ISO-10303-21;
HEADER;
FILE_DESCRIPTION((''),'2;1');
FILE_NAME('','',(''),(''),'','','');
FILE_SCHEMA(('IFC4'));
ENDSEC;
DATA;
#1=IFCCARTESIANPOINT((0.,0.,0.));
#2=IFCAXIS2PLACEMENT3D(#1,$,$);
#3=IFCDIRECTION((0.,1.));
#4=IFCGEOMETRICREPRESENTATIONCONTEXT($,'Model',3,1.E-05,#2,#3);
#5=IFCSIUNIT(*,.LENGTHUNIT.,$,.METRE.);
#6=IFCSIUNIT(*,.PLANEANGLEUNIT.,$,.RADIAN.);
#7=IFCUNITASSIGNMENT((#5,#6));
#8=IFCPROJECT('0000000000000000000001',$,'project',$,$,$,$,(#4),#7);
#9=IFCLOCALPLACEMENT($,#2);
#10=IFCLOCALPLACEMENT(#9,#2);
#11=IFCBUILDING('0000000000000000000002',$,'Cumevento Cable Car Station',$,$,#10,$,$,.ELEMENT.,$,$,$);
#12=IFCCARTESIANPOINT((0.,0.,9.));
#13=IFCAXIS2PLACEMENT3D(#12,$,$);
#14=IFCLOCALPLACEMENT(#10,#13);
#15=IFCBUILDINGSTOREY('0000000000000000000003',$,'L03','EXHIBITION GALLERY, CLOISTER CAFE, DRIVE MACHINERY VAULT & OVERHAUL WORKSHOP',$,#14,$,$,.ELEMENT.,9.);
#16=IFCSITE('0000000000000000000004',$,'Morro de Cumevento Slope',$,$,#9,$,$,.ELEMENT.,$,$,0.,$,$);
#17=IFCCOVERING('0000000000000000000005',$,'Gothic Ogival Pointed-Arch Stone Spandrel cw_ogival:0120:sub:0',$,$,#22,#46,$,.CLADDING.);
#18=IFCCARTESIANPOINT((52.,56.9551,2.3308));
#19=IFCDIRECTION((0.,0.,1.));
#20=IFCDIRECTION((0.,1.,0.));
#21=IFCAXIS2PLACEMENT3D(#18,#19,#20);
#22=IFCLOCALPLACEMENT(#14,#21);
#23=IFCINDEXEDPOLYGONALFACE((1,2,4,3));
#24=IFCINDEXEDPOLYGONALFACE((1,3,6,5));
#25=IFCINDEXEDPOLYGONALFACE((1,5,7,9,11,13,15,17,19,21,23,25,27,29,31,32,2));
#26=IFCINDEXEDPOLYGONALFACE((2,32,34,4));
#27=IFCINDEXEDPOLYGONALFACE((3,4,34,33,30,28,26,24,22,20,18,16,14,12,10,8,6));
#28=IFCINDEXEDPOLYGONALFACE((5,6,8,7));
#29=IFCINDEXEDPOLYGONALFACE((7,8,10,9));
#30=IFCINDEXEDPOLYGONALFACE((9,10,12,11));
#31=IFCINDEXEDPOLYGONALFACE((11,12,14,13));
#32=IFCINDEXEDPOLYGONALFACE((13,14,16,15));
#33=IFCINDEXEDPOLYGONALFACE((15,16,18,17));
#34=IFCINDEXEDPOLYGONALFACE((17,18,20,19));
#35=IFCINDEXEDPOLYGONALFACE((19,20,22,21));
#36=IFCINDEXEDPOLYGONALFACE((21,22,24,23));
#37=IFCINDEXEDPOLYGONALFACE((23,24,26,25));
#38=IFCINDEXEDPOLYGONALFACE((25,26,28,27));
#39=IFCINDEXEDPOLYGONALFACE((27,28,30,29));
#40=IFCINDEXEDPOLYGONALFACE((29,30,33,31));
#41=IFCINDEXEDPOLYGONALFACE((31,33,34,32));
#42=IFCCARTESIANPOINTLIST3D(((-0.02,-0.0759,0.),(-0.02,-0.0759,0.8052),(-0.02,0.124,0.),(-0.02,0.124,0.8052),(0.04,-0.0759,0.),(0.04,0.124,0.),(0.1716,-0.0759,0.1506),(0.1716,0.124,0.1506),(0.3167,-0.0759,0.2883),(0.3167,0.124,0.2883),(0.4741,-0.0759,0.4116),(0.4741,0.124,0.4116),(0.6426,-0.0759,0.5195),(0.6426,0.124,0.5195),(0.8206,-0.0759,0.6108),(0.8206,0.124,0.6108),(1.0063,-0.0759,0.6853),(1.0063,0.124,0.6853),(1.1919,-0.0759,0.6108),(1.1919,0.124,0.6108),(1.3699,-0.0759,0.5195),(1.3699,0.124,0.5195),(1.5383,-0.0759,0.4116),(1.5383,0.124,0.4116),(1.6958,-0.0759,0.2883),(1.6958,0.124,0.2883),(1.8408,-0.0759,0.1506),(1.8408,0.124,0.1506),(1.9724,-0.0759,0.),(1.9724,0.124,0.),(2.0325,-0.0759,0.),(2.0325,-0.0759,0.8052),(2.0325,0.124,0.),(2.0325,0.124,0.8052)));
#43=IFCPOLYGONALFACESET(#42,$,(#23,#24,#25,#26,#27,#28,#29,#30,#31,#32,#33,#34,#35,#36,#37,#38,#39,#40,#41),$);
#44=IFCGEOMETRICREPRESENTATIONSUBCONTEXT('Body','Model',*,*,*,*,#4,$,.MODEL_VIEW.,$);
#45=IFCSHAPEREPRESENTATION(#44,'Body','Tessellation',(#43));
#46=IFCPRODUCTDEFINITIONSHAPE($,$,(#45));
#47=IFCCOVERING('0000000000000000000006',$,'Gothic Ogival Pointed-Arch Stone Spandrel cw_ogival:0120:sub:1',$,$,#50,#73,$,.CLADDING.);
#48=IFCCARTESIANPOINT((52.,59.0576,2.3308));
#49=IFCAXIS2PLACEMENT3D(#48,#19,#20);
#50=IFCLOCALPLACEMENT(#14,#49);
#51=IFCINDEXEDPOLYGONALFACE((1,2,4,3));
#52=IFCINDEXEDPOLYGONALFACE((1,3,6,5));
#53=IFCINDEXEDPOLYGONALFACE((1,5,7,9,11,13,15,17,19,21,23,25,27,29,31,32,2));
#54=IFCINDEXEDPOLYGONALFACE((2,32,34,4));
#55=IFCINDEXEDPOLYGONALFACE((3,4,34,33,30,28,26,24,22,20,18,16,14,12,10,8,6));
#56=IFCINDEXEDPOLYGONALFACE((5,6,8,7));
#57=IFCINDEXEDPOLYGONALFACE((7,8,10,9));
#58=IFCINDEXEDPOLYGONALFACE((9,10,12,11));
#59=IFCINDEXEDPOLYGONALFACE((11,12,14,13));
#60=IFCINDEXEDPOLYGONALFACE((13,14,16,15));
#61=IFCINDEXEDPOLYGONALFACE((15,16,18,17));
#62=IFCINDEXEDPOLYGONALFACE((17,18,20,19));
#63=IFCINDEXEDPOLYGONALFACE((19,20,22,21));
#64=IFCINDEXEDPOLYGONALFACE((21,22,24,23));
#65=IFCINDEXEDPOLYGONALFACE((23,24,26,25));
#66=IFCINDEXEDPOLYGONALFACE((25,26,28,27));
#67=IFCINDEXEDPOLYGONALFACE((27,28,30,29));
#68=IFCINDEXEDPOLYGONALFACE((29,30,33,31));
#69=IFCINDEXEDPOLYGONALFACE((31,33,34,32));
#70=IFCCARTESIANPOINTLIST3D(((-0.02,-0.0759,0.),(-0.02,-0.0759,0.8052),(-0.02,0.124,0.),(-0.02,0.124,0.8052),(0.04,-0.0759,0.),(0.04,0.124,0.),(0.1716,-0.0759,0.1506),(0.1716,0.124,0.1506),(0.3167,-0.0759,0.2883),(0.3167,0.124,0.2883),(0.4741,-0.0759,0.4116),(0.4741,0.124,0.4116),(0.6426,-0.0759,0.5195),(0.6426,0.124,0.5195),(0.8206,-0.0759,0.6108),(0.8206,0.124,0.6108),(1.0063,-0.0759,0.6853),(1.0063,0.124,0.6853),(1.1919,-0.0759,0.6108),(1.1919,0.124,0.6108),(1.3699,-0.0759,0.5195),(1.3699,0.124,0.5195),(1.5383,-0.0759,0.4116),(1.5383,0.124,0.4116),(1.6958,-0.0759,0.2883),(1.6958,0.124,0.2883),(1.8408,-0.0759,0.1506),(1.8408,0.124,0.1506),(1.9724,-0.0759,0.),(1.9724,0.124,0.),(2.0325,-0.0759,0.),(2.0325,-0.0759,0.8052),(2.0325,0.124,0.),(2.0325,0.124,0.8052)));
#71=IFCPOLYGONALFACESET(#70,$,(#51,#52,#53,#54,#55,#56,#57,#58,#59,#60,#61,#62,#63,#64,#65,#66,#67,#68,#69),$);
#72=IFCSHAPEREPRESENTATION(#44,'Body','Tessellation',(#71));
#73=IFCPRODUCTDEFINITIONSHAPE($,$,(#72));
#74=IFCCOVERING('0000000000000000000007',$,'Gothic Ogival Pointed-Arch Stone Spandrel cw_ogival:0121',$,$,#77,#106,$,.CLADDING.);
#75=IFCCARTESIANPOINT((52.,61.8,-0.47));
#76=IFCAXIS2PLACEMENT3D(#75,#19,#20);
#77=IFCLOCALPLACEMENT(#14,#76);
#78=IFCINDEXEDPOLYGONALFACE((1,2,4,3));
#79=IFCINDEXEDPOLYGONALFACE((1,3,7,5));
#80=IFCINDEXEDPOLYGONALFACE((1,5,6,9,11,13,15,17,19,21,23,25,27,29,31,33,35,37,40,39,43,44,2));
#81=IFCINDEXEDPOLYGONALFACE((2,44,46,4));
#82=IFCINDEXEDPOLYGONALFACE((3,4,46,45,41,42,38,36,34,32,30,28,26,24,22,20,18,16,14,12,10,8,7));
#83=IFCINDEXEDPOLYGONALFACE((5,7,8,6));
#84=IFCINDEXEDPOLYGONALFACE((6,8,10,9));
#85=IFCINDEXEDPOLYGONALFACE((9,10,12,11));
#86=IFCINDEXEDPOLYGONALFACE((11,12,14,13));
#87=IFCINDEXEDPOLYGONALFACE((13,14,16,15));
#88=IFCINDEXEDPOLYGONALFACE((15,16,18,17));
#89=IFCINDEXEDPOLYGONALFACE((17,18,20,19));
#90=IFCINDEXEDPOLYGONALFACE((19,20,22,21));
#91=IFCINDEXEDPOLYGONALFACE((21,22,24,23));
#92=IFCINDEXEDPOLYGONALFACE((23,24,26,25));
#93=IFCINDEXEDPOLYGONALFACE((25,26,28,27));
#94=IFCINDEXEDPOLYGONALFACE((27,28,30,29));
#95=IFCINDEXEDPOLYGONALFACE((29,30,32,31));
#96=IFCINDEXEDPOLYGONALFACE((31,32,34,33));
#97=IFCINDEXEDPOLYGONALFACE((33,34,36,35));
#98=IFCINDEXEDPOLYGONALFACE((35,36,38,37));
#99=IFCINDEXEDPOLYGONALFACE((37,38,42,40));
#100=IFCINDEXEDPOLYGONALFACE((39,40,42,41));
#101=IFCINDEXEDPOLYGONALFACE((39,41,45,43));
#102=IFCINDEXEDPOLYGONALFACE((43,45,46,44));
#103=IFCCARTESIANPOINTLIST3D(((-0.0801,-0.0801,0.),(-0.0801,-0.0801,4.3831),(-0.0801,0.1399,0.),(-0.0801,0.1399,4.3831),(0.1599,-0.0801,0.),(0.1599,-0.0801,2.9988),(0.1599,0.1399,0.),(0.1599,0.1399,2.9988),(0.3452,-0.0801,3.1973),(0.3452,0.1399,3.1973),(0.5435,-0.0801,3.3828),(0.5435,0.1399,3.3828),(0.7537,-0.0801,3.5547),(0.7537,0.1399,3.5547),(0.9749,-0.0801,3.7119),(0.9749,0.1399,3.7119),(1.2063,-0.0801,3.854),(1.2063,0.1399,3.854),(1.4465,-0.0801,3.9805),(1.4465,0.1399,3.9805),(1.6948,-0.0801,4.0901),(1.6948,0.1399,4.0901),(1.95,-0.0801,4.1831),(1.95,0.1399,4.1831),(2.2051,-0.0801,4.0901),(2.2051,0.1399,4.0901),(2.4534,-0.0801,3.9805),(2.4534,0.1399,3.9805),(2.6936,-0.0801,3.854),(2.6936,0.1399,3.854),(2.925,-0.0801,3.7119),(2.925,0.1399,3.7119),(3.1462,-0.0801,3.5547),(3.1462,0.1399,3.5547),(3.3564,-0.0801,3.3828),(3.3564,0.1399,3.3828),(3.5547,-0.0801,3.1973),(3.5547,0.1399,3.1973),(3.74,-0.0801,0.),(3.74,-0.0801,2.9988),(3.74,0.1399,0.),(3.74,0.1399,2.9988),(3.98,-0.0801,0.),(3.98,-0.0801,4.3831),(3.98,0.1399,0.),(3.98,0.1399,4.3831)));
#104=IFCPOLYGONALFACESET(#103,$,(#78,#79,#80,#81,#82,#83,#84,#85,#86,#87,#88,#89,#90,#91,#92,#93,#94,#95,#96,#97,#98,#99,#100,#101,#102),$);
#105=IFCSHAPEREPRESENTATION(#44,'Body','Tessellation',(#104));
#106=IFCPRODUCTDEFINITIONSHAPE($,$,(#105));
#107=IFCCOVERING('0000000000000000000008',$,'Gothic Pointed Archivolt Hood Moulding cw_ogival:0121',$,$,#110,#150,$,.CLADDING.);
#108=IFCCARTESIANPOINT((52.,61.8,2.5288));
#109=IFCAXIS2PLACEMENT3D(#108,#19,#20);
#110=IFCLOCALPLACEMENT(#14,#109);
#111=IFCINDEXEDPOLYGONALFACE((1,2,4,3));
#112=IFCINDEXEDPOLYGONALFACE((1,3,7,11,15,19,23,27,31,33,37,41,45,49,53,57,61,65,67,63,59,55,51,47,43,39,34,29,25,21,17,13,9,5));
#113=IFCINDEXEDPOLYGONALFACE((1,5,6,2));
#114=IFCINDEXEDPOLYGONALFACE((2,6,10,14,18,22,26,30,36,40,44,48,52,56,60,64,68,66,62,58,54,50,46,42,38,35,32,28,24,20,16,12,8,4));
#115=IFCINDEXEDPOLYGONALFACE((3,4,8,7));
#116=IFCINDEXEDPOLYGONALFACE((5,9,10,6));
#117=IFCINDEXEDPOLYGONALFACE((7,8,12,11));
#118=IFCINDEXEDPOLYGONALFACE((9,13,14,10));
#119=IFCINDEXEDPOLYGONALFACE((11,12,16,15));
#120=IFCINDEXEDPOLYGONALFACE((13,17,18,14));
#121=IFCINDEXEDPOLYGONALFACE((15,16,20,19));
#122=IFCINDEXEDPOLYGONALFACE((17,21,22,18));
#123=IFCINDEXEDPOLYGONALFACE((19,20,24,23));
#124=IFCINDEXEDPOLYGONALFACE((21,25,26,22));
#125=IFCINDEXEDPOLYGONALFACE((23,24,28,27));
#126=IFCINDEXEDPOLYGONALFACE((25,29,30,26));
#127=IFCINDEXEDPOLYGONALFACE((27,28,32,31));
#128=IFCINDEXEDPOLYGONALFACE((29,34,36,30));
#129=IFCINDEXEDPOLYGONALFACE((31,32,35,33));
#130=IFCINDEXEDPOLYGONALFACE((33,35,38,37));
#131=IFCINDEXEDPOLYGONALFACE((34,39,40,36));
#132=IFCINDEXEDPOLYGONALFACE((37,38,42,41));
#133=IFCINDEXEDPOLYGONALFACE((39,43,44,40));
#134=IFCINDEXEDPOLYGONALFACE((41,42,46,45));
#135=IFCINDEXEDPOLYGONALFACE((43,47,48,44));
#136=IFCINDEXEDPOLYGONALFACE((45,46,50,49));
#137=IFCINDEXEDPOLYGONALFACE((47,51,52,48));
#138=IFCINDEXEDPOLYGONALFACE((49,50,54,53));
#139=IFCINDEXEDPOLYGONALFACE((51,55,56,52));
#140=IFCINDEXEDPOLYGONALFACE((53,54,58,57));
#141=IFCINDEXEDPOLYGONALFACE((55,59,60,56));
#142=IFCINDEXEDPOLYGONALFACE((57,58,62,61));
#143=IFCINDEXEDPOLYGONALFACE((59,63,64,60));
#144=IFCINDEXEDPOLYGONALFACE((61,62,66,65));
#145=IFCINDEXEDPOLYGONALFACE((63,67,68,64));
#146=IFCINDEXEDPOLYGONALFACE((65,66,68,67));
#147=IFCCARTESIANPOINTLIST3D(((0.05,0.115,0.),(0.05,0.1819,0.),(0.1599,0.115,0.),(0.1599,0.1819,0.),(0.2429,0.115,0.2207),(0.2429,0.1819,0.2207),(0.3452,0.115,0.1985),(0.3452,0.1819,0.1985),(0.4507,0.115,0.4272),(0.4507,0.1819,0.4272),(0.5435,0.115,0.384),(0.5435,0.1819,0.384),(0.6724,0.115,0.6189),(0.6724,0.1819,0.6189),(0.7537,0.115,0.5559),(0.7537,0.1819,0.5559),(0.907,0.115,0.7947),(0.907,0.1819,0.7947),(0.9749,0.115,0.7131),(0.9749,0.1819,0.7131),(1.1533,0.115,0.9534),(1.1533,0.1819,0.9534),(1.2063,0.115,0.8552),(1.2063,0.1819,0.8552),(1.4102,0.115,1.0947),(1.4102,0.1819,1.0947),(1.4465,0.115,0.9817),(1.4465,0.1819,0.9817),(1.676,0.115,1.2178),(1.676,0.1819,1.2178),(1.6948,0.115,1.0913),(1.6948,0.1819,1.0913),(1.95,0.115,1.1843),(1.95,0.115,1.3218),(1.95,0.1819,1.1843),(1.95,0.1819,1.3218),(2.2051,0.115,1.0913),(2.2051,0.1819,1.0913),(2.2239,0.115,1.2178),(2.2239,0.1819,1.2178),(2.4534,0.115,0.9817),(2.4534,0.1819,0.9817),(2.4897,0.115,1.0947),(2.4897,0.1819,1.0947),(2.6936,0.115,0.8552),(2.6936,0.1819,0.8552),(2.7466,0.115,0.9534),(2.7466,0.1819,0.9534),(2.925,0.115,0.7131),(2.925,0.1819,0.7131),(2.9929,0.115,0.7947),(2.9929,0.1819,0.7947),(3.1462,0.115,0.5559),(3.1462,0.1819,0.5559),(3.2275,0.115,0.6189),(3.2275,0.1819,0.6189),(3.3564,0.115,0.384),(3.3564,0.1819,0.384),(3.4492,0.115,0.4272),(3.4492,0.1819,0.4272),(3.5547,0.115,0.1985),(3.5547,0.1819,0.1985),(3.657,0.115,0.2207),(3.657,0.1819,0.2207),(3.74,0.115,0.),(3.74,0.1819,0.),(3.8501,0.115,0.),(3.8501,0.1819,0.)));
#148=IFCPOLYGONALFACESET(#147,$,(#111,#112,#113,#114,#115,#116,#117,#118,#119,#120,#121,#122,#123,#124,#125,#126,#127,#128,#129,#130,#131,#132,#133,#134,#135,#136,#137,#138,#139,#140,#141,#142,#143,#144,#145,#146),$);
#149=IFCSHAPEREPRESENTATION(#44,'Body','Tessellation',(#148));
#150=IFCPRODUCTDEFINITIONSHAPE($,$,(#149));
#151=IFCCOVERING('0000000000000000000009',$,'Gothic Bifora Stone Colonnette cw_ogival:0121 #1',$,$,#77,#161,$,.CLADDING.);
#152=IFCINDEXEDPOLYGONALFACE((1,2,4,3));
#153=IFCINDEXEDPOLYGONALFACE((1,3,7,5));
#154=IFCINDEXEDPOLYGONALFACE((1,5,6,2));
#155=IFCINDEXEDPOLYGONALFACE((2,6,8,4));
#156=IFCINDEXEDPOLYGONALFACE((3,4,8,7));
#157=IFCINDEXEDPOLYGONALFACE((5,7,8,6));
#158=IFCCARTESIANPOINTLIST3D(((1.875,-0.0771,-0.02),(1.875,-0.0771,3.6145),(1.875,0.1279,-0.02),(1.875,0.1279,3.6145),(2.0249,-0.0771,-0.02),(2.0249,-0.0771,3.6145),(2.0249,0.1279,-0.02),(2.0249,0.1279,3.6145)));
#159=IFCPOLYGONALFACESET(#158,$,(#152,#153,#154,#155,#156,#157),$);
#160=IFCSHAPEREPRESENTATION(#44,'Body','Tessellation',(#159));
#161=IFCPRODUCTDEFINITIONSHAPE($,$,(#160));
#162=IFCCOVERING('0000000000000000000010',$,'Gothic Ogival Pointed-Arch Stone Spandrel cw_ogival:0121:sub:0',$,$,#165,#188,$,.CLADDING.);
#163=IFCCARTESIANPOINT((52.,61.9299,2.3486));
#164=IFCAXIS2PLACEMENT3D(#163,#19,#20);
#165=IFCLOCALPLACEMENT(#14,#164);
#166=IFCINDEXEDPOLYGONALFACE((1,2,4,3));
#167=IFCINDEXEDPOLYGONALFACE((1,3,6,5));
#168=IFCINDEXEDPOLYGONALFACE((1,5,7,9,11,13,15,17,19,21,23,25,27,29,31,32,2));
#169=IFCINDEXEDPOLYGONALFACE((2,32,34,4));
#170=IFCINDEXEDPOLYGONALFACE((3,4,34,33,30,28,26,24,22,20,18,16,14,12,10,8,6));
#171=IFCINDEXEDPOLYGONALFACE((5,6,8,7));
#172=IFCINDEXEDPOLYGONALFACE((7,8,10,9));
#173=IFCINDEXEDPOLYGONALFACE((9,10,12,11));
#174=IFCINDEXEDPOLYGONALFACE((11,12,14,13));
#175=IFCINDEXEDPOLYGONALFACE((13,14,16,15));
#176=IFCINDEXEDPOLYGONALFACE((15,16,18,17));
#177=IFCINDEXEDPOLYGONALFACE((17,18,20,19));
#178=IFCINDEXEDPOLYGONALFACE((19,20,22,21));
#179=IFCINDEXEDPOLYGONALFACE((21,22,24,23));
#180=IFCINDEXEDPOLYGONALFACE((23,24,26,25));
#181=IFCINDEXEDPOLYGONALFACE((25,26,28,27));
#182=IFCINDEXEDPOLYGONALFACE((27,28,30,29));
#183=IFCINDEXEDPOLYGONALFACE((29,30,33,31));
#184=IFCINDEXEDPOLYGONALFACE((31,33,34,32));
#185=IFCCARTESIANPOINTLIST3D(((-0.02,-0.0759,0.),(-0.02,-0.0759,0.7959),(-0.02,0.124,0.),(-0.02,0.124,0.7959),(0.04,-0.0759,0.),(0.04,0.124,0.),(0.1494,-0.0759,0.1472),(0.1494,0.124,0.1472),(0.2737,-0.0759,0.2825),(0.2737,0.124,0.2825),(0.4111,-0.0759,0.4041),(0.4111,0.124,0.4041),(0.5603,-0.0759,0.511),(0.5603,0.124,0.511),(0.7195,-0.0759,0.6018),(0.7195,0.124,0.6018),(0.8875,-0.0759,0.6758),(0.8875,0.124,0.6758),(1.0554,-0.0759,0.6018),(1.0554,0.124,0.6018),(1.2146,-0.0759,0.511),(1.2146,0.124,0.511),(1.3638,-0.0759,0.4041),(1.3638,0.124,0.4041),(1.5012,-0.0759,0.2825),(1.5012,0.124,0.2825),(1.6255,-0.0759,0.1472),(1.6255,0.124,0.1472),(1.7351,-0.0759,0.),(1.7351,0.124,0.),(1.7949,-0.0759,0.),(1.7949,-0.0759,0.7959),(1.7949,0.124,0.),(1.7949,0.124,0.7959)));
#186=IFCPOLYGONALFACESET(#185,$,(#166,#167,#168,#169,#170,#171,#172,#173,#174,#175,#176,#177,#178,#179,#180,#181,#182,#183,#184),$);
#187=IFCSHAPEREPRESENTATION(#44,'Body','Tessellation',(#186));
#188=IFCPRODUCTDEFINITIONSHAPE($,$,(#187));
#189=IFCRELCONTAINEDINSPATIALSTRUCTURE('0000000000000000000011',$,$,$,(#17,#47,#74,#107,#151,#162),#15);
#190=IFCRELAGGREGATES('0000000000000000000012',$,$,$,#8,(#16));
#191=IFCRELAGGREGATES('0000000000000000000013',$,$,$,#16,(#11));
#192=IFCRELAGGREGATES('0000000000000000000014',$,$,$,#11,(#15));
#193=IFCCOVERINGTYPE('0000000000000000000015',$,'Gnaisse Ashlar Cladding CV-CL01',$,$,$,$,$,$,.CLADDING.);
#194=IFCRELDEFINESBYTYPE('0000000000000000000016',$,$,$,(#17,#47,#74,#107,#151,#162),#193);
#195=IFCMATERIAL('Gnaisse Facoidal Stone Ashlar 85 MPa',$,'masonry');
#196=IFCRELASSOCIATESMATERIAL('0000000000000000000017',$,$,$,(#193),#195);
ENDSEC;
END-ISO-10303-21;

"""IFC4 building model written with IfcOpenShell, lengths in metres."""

from ifc_helpers import new_model, si_unit, direction, frame, origin, place, context, subcontext, project, spatial, polyline, outline, extrude, material, type_object, element, save


model = new_model("IFC4")

# Units and contexts
model_context = context("Model", 3, precision=1e-05, world=origin(), true_north=direction((0.0, 1.0)))
body_context = subcontext(model_context, "Body", "Model", "MODEL_VIEW")
ifc_project = project(units=[si_unit("LENGTHUNIT", "METRE"), si_unit("PLANEANGLEUNIT", "RADIAN")], contexts=[model_context])

# Site, building, storey
site_placement = place(None, origin())
site = spatial("IfcSite", under=ifc_project, at=site_placement, Name="Morro de Cumevento Slope", CompositionType="ELEMENT", RefElevation=0.0)
building_placement = place(site_placement, origin())
building = spatial("IfcBuilding", under=site, at=building_placement, Name="Cumevento Cable Car Station", CompositionType="ELEMENT")
storey_placement = place(building_placement, frame((0.0, 0.0, 9.0)))
storey = spatial("IfcBuildingStorey", under=building, at=storey_placement, Name="L03", Description="EXHIBITION GALLERY, CLOISTER CAFE, DRIVE MACHINERY VAULT & OVERHAUL WORKSHOP", CompositionType="ELEMENT", Elevation=9.0)

# Coverings
ifc_material_1 = material(Name="Gnaisse Facoidal Stone Ashlar 85 MPa", Category="masonry")
covering_type = type_object("IfcCoveringType", Name="Gnaisse Ashlar Cladding CV-CL01", PredefinedType="CLADDING", material=ifc_material_1)
for number, where, z_axis, x_axis, name in (
    (1, (52.0, 56.9551, 2.3308), (0.0, 0.0, 1.0), (0.0, 1.0, 0.0), "Gothic Ogival Pointed-Arch Stone Spandrel cw_ogival:0120:sub:0"),
    (2, (52.0, 59.0576, 2.3308), (0.0, 0.0, 1.0), (0.0, 1.0, 0.0), "Gothic Ogival Pointed-Arch Stone Spandrel cw_ogival:0120:sub:1"),
):
    element("IfcCovering", number, at=place(storey_placement, frame(where, z_axis=z_axis, x_axis=x_axis)), inside=storey, type_object=covering_type, Name=name, PredefinedType="CLADDING", context=body_context, shape_type="SweptSolid", body=[
        extrude(outline(polyline([(-0.02, 0.0), (-0.02, 0.8052), (2.0325, 0.8052), (2.0325, 0.0), (1.9724, 0.0), (1.8408, 0.1506), (1.6958, 0.2883), (1.5383, 0.4116), (1.3699, 0.5195), (1.1919, 0.6108), (1.0063, 0.6853), (0.8206, 0.6108), (0.6426, 0.5195), (0.4741, 0.4116), (0.3167, 0.2883), (0.1716, 0.1506), (0.04, 0.0), (-0.02, 0.0)])), frame((0.0, 0.124, 0.0), z_axis=(0.0, -1.0, 0.0), x_axis=(1.0, 0.0, 0.0)), (0.0, 0.0, 1.0), 0.2),
    ])
placement = place(storey_placement, frame((52.0, 61.8, -0.47), z_axis=(0.0, 0.0, 1.0), x_axis=(0.0, 1.0, 0.0)))
element("IfcCovering", 3, at=placement, inside=storey, type_object=covering_type, Name="Gothic Ogival Pointed-Arch Stone Spandrel cw_ogival:0121", PredefinedType="CLADDING", context=body_context, shape_type="SweptSolid", body=[
    extrude(outline(polyline([(-0.0801, 0.0), (-0.0801, 4.3831), (3.98, 4.3831), (3.98, 0.0), (3.74, 0.0), (3.74, 2.9988), (3.5547, 3.1973), (3.3564, 3.3828), (3.1462, 3.5547), (2.925, 3.7119), (2.6936, 3.854), (2.4534, 3.9805), (2.2051, 4.0901), (1.95, 4.1831), (1.6948, 4.0901), (1.4465, 3.9805), (1.2063, 3.854), (0.9749, 3.7119), (0.7537, 3.5547), (0.5435, 3.3828), (0.3452, 3.1973), (0.1599, 2.9988), (0.1599, 0.0), (-0.0801, 0.0)])), frame((0.0, 0.1399, 0.0), z_axis=(0.0, -1.0, 0.0), x_axis=(1.0, 0.0, 0.0)), (0.0, 0.0, 1.0), 0.22),
])
covering_1_placement = place(storey_placement, frame((52.0, 61.8, 2.5288), z_axis=(0.0, 0.0, 1.0), x_axis=(0.0, 1.0, 0.0)))
element("IfcCovering", 4, at=covering_1_placement, inside=storey, type_object=covering_type, Name="Gothic Pointed Archivolt Hood Moulding cw_ogival:0121", PredefinedType="CLADDING", context=body_context, shape_type="SweptSolid", body=[
    extrude(outline(polyline([(0.1599, 0.0), (0.3452, 0.1985), (0.5435, 0.384), (0.7537, 0.5559), (0.9749, 0.7131), (1.2063, 0.8552), (1.4465, 0.9817), (1.6948, 1.0913), (1.95, 1.1843), (2.2051, 1.0913), (2.4534, 0.9817), (2.6936, 0.8552), (2.925, 0.7131), (3.1462, 0.5559), (3.3564, 0.384), (3.5547, 0.1985), (3.74, 0.0), (3.8501, 0.0), (3.657, 0.2207), (3.4492, 0.4272), (3.2275, 0.6189), (2.9929, 0.7947), (2.7466, 0.9534), (2.4897, 1.0947), (2.2239, 1.2178), (1.95, 1.3218), (1.676, 1.2178), (1.4102, 1.0947), (1.1533, 0.9534), (0.907, 0.7947), (0.6724, 0.6189), (0.4507, 0.4272), (0.2429, 0.2207), (0.05, 0.0), (0.1599, 0.0)])), frame((0.0, 0.1819, 0.0), z_axis=(0.0, -1.0, 0.0), x_axis=(1.0, 0.0, 0.0)), (0.0, 0.0, 1.0), 0.0669),
])
element("IfcCovering", 5, at=placement, inside=storey, type_object=covering_type, Name="Gothic Bifora Stone Colonnette cw_ogival:0121 #1", PredefinedType="CLADDING", context=body_context, shape_type="SweptSolid", body=[
    extrude(outline(polyline([(1.875, -0.02), (2.0249, -0.02), (2.0249, 3.6145), (1.875, 3.6145), (1.875, -0.02)])), frame((0.0, 0.1279, 0.0), z_axis=(0.0, -1.0, 0.0), x_axis=(1.0, 0.0, 0.0)), (0.0, 0.0, 1.0), 0.2051),
])
covering_2_placement = place(storey_placement, frame((52.0, 61.9299, 2.3486), z_axis=(0.0, 0.0, 1.0), x_axis=(0.0, 1.0, 0.0)))
element("IfcCovering", 6, at=covering_2_placement, inside=storey, type_object=covering_type, Name="Gothic Ogival Pointed-Arch Stone Spandrel cw_ogival:0121:sub:0", PredefinedType="CLADDING", context=body_context, shape_type="SweptSolid", body=[
    extrude(outline(polyline([(-0.02, 0.0), (-0.02, 0.7959), (1.7949, 0.7959), (1.7949, 0.0), (1.7351, 0.0), (1.6255, 0.1472), (1.5012, 0.2825), (1.3638, 0.4041), (1.2146, 0.511), (1.0554, 0.6018), (0.8875, 0.6758), (0.7195, 0.6018), (0.5603, 0.511), (0.4111, 0.4041), (0.2737, 0.2825), (0.1494, 0.1472), (0.04, 0.0), (-0.02, 0.0)])), frame((0.0, 0.124, 0.0), z_axis=(0.0, -1.0, 0.0), x_axis=(1.0, 0.0, 0.0)), (0.0, 0.0, 1.0), 0.2),
])

save(model, "model.ifc")
